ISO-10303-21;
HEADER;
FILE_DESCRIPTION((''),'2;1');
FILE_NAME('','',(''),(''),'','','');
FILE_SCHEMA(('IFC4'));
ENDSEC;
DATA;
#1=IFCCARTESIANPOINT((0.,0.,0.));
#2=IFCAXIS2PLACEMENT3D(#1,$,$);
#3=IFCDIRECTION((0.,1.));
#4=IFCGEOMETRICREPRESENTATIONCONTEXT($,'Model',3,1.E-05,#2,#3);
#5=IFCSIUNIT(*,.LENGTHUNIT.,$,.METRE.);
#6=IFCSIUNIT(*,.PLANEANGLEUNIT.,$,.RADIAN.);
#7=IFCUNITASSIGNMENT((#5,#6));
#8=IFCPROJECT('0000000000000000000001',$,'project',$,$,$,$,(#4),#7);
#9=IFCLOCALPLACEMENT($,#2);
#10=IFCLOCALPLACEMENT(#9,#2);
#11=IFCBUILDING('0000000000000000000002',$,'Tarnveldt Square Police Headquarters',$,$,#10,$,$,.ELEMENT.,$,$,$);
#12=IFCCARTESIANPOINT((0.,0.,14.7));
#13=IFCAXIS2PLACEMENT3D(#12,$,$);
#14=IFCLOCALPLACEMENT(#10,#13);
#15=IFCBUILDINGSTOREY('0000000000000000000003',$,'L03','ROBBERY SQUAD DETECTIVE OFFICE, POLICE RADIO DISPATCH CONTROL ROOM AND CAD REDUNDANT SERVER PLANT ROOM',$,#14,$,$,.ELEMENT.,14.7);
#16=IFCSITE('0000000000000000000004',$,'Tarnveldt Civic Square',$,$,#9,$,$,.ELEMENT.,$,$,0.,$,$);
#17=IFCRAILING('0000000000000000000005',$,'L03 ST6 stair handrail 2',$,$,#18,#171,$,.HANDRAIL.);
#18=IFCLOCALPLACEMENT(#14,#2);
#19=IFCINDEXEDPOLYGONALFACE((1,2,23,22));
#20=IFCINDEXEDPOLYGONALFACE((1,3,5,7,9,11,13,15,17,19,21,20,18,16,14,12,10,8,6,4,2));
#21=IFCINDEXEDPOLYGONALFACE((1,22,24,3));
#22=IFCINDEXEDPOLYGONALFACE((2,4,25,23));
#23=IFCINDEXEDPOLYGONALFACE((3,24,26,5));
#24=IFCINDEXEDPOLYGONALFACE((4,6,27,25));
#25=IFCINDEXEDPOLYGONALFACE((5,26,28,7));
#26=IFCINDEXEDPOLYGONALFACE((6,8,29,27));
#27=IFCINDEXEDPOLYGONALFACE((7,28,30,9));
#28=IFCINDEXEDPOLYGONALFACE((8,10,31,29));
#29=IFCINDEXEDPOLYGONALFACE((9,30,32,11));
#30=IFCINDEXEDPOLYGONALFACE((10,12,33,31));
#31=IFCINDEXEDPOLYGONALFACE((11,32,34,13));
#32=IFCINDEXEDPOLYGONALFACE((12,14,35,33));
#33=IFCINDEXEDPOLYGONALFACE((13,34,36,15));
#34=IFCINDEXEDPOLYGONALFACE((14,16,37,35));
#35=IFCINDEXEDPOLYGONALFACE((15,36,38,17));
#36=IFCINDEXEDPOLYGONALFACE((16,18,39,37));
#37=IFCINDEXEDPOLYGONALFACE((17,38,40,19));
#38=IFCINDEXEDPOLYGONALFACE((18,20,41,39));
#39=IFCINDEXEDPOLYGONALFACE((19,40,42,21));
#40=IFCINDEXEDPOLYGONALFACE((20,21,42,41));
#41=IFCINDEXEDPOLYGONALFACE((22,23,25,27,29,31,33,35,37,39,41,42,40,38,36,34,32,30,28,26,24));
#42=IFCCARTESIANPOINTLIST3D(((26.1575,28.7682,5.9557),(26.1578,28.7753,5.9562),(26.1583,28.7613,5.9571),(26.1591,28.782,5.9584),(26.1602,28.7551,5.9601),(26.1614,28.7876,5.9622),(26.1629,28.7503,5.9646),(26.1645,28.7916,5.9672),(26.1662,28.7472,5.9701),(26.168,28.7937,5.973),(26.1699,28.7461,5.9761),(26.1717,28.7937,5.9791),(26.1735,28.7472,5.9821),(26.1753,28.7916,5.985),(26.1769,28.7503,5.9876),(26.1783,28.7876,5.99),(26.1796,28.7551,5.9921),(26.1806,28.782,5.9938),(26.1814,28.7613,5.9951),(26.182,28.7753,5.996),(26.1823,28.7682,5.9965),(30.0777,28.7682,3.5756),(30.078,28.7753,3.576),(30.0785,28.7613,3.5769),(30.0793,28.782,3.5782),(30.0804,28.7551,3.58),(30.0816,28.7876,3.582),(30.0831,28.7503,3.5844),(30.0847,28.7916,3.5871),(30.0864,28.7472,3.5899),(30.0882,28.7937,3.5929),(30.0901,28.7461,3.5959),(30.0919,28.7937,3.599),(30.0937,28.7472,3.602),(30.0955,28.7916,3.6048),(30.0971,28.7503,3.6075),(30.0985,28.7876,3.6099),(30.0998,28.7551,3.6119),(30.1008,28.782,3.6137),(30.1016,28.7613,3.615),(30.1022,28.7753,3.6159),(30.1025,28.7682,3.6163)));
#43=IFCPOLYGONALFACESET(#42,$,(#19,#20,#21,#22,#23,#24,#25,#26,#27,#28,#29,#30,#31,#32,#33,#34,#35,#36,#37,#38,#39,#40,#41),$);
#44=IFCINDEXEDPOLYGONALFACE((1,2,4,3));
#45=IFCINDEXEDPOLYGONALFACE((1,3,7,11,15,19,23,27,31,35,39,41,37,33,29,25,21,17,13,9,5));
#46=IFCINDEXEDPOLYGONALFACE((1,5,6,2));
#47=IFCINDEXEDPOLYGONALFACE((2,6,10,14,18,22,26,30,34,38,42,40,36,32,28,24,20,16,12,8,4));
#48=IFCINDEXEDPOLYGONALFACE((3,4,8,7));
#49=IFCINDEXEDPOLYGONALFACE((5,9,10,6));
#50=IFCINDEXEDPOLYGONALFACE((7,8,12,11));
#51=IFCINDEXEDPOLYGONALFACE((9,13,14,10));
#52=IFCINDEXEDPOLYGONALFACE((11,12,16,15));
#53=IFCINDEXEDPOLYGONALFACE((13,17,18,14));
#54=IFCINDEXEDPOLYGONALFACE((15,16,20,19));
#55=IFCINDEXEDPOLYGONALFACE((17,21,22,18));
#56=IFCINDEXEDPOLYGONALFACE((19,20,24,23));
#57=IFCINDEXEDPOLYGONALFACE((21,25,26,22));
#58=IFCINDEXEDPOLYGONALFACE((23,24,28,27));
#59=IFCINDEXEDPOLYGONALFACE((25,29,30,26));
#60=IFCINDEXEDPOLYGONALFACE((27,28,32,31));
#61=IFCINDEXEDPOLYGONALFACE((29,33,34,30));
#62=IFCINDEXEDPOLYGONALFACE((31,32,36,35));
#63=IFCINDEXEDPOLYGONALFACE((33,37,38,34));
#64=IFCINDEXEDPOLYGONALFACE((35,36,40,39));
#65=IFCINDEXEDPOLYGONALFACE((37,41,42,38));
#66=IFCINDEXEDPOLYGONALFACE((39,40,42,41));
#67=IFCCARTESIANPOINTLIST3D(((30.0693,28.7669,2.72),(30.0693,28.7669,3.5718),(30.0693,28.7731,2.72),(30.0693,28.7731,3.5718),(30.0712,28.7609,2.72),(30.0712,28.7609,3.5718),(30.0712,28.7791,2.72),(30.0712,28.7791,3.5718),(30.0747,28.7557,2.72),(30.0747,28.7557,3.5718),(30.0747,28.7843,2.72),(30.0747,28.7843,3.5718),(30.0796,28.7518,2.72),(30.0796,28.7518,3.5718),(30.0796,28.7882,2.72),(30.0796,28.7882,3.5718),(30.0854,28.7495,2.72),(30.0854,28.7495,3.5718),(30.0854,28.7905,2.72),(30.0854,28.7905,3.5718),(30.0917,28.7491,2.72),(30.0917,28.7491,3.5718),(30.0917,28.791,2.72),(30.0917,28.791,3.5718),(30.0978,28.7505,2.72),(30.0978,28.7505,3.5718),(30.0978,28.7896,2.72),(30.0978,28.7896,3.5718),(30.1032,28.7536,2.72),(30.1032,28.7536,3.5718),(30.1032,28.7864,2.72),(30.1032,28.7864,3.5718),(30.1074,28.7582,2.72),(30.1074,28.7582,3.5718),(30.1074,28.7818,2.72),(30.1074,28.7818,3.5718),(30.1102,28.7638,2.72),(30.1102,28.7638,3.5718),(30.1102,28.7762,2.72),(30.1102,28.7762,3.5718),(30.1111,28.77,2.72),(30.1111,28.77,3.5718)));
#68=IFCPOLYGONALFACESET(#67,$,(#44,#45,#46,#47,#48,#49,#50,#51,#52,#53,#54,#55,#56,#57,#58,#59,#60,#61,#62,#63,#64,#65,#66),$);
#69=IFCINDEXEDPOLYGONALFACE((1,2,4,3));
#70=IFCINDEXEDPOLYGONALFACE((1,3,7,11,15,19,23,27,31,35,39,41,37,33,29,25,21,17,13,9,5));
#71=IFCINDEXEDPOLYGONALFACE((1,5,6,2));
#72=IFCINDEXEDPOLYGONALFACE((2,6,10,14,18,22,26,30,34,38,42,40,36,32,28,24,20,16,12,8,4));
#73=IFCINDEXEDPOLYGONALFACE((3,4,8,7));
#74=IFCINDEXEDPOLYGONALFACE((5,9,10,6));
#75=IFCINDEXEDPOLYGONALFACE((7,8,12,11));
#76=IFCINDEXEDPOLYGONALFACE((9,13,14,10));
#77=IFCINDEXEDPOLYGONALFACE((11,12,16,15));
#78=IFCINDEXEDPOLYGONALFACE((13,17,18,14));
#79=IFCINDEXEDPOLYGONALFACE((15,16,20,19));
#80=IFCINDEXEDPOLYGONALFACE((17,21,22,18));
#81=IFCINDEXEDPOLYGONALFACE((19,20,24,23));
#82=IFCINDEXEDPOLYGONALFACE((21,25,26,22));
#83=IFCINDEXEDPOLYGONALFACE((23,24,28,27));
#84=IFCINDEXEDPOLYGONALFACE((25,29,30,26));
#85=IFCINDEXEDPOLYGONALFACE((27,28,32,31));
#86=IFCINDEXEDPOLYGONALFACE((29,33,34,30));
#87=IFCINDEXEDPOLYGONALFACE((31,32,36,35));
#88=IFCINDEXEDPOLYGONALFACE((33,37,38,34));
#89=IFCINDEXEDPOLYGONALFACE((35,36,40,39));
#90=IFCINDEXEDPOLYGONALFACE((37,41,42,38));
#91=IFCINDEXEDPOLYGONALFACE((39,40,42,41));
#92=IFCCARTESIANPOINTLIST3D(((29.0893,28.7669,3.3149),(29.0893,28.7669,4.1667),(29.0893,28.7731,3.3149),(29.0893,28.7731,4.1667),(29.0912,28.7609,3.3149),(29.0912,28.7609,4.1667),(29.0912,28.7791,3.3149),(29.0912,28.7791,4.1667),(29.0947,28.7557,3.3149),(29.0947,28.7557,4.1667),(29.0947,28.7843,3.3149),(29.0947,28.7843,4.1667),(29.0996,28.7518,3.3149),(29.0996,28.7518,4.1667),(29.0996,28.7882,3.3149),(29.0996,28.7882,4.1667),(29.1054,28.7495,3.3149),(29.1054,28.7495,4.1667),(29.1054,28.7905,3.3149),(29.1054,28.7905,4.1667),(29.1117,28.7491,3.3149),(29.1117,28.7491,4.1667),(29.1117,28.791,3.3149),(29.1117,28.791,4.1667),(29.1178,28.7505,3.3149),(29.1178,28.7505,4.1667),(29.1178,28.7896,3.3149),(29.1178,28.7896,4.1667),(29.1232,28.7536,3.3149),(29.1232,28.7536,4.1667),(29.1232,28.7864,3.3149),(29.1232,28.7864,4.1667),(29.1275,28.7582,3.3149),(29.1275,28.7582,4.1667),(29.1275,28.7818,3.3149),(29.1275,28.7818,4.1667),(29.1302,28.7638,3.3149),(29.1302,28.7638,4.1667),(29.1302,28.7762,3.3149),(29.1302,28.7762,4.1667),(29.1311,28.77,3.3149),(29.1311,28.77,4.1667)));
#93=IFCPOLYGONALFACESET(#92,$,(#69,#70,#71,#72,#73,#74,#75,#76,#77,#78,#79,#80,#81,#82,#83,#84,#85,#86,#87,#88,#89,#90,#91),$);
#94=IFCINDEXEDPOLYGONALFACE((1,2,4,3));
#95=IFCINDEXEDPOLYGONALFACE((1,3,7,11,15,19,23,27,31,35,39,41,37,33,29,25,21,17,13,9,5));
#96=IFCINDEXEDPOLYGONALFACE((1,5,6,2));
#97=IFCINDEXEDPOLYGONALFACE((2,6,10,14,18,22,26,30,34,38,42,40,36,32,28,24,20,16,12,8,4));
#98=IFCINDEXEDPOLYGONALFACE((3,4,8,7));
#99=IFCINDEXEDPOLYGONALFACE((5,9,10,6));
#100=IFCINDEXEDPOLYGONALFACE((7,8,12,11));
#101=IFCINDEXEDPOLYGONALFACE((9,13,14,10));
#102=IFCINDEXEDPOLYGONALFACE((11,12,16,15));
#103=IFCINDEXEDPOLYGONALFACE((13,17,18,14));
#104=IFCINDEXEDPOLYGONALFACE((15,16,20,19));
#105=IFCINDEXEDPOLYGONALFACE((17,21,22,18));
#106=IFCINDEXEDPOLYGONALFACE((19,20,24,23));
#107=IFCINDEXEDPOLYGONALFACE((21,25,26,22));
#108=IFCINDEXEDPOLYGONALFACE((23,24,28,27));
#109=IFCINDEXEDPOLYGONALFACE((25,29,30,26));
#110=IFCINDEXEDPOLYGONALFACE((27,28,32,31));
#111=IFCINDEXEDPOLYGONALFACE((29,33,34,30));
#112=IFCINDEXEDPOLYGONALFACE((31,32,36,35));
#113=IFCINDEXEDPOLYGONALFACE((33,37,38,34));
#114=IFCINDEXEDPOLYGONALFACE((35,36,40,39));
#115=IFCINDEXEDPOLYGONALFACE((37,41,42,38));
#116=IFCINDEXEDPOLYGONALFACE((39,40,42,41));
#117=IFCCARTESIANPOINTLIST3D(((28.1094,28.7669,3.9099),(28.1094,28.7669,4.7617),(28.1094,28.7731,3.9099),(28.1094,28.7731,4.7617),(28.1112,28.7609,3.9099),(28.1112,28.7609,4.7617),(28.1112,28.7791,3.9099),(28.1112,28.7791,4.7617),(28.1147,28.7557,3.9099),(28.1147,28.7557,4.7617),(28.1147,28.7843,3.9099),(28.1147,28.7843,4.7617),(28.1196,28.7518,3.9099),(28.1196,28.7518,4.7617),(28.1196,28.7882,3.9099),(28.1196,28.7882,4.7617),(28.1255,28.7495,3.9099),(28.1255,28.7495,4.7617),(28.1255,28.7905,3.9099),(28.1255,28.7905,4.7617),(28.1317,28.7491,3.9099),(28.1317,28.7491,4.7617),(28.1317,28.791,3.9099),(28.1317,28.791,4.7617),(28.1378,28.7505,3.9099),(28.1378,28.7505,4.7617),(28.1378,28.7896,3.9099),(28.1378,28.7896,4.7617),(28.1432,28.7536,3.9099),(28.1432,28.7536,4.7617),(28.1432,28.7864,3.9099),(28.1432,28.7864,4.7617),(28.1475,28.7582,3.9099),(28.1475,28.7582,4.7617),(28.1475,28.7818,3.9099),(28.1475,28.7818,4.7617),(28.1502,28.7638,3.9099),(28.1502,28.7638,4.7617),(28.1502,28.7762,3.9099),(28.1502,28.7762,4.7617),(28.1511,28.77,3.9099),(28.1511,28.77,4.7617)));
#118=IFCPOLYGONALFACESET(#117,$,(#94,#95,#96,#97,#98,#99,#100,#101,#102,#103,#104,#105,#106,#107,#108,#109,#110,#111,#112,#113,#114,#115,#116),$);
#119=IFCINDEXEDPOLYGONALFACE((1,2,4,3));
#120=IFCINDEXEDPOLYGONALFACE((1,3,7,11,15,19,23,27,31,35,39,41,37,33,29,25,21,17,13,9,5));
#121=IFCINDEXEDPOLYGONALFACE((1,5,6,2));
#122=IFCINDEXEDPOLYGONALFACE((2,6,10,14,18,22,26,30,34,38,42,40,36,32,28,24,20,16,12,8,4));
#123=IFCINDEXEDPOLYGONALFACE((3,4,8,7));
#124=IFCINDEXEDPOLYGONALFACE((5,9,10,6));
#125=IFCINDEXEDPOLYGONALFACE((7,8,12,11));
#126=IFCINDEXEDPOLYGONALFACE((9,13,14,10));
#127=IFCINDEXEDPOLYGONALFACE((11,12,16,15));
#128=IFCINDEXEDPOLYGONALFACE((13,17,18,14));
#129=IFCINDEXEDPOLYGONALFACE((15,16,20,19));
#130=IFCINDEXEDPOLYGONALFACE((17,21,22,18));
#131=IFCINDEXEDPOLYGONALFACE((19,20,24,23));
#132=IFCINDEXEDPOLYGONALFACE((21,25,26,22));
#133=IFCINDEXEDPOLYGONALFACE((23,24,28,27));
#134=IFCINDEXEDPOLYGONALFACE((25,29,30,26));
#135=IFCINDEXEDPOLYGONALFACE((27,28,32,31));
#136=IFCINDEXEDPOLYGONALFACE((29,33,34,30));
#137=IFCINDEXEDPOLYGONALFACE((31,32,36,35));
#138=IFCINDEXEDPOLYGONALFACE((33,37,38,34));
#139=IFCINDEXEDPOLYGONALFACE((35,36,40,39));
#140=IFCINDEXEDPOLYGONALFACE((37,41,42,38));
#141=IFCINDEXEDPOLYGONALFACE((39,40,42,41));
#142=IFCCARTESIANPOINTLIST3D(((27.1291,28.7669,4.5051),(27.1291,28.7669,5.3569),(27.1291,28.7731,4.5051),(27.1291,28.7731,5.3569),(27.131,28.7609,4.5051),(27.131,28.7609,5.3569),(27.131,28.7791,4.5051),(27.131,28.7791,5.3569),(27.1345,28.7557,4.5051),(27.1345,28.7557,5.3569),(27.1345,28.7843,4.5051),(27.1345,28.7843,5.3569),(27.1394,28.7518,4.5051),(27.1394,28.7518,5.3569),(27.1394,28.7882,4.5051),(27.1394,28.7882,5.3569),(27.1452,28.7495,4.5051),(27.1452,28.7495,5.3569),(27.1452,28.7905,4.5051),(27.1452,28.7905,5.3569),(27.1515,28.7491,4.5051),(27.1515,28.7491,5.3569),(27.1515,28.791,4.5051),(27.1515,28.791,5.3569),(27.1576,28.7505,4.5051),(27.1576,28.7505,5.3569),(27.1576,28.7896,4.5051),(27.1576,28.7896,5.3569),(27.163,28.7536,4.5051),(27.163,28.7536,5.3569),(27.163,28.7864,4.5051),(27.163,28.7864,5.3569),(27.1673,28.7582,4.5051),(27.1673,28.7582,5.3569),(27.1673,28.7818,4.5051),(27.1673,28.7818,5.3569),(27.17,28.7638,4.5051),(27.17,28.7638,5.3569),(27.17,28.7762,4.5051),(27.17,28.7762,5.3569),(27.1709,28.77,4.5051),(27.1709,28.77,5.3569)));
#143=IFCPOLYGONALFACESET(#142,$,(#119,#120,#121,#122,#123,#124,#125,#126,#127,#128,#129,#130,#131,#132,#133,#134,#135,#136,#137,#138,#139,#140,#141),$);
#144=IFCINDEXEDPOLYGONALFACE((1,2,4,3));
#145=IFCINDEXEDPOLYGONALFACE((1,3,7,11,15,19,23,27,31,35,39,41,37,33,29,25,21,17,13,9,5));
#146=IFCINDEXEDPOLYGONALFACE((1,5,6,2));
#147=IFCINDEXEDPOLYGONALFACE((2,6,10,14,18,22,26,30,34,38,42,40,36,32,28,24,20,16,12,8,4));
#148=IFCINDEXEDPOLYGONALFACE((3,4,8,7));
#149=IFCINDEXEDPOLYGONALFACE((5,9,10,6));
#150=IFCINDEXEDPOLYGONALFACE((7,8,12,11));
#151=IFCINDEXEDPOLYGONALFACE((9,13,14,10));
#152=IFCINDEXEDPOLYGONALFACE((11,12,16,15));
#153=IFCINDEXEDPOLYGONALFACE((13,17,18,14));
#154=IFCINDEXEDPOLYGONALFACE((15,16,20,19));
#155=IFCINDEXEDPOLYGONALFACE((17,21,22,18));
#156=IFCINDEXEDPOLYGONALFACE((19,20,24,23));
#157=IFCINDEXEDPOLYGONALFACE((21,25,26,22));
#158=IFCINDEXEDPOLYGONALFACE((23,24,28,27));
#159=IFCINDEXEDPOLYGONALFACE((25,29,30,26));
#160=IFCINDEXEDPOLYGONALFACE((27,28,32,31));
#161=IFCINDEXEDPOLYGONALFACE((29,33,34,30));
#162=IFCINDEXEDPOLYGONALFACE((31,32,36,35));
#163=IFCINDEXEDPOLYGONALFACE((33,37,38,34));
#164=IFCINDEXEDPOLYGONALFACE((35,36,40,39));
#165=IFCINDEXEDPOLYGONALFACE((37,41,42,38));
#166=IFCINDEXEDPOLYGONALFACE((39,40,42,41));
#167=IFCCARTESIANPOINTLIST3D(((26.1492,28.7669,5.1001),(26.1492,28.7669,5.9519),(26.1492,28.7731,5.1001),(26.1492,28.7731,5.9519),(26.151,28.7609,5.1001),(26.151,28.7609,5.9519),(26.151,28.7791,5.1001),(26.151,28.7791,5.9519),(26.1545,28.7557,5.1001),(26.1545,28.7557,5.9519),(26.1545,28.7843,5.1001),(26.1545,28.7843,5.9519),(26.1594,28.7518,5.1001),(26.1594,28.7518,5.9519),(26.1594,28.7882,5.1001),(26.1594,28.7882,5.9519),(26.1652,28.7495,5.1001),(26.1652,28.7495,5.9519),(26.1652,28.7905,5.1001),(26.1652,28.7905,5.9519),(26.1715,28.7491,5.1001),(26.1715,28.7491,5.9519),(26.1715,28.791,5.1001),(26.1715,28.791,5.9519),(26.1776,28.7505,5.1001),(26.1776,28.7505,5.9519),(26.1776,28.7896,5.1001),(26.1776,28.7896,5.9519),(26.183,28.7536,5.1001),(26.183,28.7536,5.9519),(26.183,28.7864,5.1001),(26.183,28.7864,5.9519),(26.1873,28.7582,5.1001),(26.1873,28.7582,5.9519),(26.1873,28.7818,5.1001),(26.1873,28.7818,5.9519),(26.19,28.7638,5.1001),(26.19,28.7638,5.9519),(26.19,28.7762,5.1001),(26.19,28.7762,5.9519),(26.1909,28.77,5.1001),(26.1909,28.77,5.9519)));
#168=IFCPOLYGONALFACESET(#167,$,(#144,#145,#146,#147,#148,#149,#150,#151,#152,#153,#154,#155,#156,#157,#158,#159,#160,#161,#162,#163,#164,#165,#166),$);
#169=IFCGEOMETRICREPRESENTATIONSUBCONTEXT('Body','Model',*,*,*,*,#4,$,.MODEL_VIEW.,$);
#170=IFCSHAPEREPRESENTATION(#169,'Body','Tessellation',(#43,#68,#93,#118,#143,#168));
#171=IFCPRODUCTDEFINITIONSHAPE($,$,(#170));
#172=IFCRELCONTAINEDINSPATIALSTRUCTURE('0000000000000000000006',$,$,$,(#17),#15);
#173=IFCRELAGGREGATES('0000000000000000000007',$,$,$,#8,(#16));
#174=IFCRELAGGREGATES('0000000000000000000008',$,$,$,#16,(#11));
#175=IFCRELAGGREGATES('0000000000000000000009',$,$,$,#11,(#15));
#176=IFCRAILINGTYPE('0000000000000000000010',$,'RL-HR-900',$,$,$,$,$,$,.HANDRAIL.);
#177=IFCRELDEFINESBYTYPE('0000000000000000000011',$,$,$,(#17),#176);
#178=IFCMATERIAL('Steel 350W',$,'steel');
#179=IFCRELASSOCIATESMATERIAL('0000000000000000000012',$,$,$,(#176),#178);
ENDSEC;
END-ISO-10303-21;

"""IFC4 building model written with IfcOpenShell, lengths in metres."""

from ifc_helpers import new_model, si_unit, direction, frame, origin, origin_2d, place, context, subcontext, project, spatial, circle, extrude, material, type_object, element, save


model = new_model("IFC4")

# Units and contexts
model_context = context("Model", 3, precision=1e-05, world=origin(), true_north=direction((0.0, 1.0)))
body_context = subcontext(model_context, "Body", "Model", "MODEL_VIEW")
ifc_project = project(units=[si_unit("LENGTHUNIT", "METRE"), si_unit("PLANEANGLEUNIT", "RADIAN")], contexts=[model_context])

# Site, building, storey
site_placement = place(None, origin())
site = spatial("IfcSite", under=ifc_project, at=site_placement, Name="Tarnveldt Civic Square", CompositionType="ELEMENT", RefElevation=0.0)
building_placement = place(site_placement, origin())
building = spatial("IfcBuilding", under=site, at=building_placement, Name="Tarnveldt Square Police Headquarters", CompositionType="ELEMENT")
storey_placement = place(building_placement, frame((0.0, 0.0, 14.7)))
storey = spatial("IfcBuildingStorey", under=building, at=storey_placement, Name="L03", Description="ROBBERY SQUAD DETECTIVE OFFICE, POLICE RADIO DISPATCH CONTROL ROOM AND CAD REDUNDANT SERVER PLANT ROOM", CompositionType="ELEMENT", Elevation=14.7)

# Shared definitions
ifc_material_1 = material(Name="Steel 350W", Category="steel")

# Railing
railing_type_1 = type_object("IfcRailingType", Name="RL-HR-900", PredefinedType="HANDRAIL", material=ifc_material_1)
railing_1_placement = place(storey_placement, frame((30.0901, 28.77, 2.72)))
element("IfcRailing", 1, at=railing_1_placement, inside=storey, type_object=railing_type_1, Name="L03 ST6 stair handrail 2", PredefinedType="HANDRAIL", context=body_context, shape_type="SweptSolid", body=[
    extrude(circle(Radius=0.0239, at=origin_2d()), frame((0.0, 0.0, 0.876), z_axis=(-0.854785, 0.0, 0.518982), x_axis=(0.0, -1.0, 0.0)), (0.0, 0.0, 1.0), 4.5862),
    extrude(circle(Radius=0.021, at=origin_2d()), origin(), (0.0, 0.0, 1.0), 0.8518),
    extrude(circle(Radius=0.021, at=origin_2d()), frame((-0.98, 0.0, 0.595)), (0.0, 0.0, 1.0), 0.8518),
    extrude(circle(Radius=0.021, at=origin_2d()), frame((-1.96, 0.0, 1.1899)), (0.0, 0.0, 1.0), 0.8518),
    extrude(circle(Radius=0.021, at=origin_2d()), frame((-2.9402, 0.0, 1.7852)), (0.0, 0.0, 1.0), 0.8518),
    extrude(circle(Radius=0.021, at=origin_2d()), frame((-3.9202, 0.0, 2.3801)), (0.0, 0.0, 1.0), 0.8518),
])

save(model, "model.ifc")
